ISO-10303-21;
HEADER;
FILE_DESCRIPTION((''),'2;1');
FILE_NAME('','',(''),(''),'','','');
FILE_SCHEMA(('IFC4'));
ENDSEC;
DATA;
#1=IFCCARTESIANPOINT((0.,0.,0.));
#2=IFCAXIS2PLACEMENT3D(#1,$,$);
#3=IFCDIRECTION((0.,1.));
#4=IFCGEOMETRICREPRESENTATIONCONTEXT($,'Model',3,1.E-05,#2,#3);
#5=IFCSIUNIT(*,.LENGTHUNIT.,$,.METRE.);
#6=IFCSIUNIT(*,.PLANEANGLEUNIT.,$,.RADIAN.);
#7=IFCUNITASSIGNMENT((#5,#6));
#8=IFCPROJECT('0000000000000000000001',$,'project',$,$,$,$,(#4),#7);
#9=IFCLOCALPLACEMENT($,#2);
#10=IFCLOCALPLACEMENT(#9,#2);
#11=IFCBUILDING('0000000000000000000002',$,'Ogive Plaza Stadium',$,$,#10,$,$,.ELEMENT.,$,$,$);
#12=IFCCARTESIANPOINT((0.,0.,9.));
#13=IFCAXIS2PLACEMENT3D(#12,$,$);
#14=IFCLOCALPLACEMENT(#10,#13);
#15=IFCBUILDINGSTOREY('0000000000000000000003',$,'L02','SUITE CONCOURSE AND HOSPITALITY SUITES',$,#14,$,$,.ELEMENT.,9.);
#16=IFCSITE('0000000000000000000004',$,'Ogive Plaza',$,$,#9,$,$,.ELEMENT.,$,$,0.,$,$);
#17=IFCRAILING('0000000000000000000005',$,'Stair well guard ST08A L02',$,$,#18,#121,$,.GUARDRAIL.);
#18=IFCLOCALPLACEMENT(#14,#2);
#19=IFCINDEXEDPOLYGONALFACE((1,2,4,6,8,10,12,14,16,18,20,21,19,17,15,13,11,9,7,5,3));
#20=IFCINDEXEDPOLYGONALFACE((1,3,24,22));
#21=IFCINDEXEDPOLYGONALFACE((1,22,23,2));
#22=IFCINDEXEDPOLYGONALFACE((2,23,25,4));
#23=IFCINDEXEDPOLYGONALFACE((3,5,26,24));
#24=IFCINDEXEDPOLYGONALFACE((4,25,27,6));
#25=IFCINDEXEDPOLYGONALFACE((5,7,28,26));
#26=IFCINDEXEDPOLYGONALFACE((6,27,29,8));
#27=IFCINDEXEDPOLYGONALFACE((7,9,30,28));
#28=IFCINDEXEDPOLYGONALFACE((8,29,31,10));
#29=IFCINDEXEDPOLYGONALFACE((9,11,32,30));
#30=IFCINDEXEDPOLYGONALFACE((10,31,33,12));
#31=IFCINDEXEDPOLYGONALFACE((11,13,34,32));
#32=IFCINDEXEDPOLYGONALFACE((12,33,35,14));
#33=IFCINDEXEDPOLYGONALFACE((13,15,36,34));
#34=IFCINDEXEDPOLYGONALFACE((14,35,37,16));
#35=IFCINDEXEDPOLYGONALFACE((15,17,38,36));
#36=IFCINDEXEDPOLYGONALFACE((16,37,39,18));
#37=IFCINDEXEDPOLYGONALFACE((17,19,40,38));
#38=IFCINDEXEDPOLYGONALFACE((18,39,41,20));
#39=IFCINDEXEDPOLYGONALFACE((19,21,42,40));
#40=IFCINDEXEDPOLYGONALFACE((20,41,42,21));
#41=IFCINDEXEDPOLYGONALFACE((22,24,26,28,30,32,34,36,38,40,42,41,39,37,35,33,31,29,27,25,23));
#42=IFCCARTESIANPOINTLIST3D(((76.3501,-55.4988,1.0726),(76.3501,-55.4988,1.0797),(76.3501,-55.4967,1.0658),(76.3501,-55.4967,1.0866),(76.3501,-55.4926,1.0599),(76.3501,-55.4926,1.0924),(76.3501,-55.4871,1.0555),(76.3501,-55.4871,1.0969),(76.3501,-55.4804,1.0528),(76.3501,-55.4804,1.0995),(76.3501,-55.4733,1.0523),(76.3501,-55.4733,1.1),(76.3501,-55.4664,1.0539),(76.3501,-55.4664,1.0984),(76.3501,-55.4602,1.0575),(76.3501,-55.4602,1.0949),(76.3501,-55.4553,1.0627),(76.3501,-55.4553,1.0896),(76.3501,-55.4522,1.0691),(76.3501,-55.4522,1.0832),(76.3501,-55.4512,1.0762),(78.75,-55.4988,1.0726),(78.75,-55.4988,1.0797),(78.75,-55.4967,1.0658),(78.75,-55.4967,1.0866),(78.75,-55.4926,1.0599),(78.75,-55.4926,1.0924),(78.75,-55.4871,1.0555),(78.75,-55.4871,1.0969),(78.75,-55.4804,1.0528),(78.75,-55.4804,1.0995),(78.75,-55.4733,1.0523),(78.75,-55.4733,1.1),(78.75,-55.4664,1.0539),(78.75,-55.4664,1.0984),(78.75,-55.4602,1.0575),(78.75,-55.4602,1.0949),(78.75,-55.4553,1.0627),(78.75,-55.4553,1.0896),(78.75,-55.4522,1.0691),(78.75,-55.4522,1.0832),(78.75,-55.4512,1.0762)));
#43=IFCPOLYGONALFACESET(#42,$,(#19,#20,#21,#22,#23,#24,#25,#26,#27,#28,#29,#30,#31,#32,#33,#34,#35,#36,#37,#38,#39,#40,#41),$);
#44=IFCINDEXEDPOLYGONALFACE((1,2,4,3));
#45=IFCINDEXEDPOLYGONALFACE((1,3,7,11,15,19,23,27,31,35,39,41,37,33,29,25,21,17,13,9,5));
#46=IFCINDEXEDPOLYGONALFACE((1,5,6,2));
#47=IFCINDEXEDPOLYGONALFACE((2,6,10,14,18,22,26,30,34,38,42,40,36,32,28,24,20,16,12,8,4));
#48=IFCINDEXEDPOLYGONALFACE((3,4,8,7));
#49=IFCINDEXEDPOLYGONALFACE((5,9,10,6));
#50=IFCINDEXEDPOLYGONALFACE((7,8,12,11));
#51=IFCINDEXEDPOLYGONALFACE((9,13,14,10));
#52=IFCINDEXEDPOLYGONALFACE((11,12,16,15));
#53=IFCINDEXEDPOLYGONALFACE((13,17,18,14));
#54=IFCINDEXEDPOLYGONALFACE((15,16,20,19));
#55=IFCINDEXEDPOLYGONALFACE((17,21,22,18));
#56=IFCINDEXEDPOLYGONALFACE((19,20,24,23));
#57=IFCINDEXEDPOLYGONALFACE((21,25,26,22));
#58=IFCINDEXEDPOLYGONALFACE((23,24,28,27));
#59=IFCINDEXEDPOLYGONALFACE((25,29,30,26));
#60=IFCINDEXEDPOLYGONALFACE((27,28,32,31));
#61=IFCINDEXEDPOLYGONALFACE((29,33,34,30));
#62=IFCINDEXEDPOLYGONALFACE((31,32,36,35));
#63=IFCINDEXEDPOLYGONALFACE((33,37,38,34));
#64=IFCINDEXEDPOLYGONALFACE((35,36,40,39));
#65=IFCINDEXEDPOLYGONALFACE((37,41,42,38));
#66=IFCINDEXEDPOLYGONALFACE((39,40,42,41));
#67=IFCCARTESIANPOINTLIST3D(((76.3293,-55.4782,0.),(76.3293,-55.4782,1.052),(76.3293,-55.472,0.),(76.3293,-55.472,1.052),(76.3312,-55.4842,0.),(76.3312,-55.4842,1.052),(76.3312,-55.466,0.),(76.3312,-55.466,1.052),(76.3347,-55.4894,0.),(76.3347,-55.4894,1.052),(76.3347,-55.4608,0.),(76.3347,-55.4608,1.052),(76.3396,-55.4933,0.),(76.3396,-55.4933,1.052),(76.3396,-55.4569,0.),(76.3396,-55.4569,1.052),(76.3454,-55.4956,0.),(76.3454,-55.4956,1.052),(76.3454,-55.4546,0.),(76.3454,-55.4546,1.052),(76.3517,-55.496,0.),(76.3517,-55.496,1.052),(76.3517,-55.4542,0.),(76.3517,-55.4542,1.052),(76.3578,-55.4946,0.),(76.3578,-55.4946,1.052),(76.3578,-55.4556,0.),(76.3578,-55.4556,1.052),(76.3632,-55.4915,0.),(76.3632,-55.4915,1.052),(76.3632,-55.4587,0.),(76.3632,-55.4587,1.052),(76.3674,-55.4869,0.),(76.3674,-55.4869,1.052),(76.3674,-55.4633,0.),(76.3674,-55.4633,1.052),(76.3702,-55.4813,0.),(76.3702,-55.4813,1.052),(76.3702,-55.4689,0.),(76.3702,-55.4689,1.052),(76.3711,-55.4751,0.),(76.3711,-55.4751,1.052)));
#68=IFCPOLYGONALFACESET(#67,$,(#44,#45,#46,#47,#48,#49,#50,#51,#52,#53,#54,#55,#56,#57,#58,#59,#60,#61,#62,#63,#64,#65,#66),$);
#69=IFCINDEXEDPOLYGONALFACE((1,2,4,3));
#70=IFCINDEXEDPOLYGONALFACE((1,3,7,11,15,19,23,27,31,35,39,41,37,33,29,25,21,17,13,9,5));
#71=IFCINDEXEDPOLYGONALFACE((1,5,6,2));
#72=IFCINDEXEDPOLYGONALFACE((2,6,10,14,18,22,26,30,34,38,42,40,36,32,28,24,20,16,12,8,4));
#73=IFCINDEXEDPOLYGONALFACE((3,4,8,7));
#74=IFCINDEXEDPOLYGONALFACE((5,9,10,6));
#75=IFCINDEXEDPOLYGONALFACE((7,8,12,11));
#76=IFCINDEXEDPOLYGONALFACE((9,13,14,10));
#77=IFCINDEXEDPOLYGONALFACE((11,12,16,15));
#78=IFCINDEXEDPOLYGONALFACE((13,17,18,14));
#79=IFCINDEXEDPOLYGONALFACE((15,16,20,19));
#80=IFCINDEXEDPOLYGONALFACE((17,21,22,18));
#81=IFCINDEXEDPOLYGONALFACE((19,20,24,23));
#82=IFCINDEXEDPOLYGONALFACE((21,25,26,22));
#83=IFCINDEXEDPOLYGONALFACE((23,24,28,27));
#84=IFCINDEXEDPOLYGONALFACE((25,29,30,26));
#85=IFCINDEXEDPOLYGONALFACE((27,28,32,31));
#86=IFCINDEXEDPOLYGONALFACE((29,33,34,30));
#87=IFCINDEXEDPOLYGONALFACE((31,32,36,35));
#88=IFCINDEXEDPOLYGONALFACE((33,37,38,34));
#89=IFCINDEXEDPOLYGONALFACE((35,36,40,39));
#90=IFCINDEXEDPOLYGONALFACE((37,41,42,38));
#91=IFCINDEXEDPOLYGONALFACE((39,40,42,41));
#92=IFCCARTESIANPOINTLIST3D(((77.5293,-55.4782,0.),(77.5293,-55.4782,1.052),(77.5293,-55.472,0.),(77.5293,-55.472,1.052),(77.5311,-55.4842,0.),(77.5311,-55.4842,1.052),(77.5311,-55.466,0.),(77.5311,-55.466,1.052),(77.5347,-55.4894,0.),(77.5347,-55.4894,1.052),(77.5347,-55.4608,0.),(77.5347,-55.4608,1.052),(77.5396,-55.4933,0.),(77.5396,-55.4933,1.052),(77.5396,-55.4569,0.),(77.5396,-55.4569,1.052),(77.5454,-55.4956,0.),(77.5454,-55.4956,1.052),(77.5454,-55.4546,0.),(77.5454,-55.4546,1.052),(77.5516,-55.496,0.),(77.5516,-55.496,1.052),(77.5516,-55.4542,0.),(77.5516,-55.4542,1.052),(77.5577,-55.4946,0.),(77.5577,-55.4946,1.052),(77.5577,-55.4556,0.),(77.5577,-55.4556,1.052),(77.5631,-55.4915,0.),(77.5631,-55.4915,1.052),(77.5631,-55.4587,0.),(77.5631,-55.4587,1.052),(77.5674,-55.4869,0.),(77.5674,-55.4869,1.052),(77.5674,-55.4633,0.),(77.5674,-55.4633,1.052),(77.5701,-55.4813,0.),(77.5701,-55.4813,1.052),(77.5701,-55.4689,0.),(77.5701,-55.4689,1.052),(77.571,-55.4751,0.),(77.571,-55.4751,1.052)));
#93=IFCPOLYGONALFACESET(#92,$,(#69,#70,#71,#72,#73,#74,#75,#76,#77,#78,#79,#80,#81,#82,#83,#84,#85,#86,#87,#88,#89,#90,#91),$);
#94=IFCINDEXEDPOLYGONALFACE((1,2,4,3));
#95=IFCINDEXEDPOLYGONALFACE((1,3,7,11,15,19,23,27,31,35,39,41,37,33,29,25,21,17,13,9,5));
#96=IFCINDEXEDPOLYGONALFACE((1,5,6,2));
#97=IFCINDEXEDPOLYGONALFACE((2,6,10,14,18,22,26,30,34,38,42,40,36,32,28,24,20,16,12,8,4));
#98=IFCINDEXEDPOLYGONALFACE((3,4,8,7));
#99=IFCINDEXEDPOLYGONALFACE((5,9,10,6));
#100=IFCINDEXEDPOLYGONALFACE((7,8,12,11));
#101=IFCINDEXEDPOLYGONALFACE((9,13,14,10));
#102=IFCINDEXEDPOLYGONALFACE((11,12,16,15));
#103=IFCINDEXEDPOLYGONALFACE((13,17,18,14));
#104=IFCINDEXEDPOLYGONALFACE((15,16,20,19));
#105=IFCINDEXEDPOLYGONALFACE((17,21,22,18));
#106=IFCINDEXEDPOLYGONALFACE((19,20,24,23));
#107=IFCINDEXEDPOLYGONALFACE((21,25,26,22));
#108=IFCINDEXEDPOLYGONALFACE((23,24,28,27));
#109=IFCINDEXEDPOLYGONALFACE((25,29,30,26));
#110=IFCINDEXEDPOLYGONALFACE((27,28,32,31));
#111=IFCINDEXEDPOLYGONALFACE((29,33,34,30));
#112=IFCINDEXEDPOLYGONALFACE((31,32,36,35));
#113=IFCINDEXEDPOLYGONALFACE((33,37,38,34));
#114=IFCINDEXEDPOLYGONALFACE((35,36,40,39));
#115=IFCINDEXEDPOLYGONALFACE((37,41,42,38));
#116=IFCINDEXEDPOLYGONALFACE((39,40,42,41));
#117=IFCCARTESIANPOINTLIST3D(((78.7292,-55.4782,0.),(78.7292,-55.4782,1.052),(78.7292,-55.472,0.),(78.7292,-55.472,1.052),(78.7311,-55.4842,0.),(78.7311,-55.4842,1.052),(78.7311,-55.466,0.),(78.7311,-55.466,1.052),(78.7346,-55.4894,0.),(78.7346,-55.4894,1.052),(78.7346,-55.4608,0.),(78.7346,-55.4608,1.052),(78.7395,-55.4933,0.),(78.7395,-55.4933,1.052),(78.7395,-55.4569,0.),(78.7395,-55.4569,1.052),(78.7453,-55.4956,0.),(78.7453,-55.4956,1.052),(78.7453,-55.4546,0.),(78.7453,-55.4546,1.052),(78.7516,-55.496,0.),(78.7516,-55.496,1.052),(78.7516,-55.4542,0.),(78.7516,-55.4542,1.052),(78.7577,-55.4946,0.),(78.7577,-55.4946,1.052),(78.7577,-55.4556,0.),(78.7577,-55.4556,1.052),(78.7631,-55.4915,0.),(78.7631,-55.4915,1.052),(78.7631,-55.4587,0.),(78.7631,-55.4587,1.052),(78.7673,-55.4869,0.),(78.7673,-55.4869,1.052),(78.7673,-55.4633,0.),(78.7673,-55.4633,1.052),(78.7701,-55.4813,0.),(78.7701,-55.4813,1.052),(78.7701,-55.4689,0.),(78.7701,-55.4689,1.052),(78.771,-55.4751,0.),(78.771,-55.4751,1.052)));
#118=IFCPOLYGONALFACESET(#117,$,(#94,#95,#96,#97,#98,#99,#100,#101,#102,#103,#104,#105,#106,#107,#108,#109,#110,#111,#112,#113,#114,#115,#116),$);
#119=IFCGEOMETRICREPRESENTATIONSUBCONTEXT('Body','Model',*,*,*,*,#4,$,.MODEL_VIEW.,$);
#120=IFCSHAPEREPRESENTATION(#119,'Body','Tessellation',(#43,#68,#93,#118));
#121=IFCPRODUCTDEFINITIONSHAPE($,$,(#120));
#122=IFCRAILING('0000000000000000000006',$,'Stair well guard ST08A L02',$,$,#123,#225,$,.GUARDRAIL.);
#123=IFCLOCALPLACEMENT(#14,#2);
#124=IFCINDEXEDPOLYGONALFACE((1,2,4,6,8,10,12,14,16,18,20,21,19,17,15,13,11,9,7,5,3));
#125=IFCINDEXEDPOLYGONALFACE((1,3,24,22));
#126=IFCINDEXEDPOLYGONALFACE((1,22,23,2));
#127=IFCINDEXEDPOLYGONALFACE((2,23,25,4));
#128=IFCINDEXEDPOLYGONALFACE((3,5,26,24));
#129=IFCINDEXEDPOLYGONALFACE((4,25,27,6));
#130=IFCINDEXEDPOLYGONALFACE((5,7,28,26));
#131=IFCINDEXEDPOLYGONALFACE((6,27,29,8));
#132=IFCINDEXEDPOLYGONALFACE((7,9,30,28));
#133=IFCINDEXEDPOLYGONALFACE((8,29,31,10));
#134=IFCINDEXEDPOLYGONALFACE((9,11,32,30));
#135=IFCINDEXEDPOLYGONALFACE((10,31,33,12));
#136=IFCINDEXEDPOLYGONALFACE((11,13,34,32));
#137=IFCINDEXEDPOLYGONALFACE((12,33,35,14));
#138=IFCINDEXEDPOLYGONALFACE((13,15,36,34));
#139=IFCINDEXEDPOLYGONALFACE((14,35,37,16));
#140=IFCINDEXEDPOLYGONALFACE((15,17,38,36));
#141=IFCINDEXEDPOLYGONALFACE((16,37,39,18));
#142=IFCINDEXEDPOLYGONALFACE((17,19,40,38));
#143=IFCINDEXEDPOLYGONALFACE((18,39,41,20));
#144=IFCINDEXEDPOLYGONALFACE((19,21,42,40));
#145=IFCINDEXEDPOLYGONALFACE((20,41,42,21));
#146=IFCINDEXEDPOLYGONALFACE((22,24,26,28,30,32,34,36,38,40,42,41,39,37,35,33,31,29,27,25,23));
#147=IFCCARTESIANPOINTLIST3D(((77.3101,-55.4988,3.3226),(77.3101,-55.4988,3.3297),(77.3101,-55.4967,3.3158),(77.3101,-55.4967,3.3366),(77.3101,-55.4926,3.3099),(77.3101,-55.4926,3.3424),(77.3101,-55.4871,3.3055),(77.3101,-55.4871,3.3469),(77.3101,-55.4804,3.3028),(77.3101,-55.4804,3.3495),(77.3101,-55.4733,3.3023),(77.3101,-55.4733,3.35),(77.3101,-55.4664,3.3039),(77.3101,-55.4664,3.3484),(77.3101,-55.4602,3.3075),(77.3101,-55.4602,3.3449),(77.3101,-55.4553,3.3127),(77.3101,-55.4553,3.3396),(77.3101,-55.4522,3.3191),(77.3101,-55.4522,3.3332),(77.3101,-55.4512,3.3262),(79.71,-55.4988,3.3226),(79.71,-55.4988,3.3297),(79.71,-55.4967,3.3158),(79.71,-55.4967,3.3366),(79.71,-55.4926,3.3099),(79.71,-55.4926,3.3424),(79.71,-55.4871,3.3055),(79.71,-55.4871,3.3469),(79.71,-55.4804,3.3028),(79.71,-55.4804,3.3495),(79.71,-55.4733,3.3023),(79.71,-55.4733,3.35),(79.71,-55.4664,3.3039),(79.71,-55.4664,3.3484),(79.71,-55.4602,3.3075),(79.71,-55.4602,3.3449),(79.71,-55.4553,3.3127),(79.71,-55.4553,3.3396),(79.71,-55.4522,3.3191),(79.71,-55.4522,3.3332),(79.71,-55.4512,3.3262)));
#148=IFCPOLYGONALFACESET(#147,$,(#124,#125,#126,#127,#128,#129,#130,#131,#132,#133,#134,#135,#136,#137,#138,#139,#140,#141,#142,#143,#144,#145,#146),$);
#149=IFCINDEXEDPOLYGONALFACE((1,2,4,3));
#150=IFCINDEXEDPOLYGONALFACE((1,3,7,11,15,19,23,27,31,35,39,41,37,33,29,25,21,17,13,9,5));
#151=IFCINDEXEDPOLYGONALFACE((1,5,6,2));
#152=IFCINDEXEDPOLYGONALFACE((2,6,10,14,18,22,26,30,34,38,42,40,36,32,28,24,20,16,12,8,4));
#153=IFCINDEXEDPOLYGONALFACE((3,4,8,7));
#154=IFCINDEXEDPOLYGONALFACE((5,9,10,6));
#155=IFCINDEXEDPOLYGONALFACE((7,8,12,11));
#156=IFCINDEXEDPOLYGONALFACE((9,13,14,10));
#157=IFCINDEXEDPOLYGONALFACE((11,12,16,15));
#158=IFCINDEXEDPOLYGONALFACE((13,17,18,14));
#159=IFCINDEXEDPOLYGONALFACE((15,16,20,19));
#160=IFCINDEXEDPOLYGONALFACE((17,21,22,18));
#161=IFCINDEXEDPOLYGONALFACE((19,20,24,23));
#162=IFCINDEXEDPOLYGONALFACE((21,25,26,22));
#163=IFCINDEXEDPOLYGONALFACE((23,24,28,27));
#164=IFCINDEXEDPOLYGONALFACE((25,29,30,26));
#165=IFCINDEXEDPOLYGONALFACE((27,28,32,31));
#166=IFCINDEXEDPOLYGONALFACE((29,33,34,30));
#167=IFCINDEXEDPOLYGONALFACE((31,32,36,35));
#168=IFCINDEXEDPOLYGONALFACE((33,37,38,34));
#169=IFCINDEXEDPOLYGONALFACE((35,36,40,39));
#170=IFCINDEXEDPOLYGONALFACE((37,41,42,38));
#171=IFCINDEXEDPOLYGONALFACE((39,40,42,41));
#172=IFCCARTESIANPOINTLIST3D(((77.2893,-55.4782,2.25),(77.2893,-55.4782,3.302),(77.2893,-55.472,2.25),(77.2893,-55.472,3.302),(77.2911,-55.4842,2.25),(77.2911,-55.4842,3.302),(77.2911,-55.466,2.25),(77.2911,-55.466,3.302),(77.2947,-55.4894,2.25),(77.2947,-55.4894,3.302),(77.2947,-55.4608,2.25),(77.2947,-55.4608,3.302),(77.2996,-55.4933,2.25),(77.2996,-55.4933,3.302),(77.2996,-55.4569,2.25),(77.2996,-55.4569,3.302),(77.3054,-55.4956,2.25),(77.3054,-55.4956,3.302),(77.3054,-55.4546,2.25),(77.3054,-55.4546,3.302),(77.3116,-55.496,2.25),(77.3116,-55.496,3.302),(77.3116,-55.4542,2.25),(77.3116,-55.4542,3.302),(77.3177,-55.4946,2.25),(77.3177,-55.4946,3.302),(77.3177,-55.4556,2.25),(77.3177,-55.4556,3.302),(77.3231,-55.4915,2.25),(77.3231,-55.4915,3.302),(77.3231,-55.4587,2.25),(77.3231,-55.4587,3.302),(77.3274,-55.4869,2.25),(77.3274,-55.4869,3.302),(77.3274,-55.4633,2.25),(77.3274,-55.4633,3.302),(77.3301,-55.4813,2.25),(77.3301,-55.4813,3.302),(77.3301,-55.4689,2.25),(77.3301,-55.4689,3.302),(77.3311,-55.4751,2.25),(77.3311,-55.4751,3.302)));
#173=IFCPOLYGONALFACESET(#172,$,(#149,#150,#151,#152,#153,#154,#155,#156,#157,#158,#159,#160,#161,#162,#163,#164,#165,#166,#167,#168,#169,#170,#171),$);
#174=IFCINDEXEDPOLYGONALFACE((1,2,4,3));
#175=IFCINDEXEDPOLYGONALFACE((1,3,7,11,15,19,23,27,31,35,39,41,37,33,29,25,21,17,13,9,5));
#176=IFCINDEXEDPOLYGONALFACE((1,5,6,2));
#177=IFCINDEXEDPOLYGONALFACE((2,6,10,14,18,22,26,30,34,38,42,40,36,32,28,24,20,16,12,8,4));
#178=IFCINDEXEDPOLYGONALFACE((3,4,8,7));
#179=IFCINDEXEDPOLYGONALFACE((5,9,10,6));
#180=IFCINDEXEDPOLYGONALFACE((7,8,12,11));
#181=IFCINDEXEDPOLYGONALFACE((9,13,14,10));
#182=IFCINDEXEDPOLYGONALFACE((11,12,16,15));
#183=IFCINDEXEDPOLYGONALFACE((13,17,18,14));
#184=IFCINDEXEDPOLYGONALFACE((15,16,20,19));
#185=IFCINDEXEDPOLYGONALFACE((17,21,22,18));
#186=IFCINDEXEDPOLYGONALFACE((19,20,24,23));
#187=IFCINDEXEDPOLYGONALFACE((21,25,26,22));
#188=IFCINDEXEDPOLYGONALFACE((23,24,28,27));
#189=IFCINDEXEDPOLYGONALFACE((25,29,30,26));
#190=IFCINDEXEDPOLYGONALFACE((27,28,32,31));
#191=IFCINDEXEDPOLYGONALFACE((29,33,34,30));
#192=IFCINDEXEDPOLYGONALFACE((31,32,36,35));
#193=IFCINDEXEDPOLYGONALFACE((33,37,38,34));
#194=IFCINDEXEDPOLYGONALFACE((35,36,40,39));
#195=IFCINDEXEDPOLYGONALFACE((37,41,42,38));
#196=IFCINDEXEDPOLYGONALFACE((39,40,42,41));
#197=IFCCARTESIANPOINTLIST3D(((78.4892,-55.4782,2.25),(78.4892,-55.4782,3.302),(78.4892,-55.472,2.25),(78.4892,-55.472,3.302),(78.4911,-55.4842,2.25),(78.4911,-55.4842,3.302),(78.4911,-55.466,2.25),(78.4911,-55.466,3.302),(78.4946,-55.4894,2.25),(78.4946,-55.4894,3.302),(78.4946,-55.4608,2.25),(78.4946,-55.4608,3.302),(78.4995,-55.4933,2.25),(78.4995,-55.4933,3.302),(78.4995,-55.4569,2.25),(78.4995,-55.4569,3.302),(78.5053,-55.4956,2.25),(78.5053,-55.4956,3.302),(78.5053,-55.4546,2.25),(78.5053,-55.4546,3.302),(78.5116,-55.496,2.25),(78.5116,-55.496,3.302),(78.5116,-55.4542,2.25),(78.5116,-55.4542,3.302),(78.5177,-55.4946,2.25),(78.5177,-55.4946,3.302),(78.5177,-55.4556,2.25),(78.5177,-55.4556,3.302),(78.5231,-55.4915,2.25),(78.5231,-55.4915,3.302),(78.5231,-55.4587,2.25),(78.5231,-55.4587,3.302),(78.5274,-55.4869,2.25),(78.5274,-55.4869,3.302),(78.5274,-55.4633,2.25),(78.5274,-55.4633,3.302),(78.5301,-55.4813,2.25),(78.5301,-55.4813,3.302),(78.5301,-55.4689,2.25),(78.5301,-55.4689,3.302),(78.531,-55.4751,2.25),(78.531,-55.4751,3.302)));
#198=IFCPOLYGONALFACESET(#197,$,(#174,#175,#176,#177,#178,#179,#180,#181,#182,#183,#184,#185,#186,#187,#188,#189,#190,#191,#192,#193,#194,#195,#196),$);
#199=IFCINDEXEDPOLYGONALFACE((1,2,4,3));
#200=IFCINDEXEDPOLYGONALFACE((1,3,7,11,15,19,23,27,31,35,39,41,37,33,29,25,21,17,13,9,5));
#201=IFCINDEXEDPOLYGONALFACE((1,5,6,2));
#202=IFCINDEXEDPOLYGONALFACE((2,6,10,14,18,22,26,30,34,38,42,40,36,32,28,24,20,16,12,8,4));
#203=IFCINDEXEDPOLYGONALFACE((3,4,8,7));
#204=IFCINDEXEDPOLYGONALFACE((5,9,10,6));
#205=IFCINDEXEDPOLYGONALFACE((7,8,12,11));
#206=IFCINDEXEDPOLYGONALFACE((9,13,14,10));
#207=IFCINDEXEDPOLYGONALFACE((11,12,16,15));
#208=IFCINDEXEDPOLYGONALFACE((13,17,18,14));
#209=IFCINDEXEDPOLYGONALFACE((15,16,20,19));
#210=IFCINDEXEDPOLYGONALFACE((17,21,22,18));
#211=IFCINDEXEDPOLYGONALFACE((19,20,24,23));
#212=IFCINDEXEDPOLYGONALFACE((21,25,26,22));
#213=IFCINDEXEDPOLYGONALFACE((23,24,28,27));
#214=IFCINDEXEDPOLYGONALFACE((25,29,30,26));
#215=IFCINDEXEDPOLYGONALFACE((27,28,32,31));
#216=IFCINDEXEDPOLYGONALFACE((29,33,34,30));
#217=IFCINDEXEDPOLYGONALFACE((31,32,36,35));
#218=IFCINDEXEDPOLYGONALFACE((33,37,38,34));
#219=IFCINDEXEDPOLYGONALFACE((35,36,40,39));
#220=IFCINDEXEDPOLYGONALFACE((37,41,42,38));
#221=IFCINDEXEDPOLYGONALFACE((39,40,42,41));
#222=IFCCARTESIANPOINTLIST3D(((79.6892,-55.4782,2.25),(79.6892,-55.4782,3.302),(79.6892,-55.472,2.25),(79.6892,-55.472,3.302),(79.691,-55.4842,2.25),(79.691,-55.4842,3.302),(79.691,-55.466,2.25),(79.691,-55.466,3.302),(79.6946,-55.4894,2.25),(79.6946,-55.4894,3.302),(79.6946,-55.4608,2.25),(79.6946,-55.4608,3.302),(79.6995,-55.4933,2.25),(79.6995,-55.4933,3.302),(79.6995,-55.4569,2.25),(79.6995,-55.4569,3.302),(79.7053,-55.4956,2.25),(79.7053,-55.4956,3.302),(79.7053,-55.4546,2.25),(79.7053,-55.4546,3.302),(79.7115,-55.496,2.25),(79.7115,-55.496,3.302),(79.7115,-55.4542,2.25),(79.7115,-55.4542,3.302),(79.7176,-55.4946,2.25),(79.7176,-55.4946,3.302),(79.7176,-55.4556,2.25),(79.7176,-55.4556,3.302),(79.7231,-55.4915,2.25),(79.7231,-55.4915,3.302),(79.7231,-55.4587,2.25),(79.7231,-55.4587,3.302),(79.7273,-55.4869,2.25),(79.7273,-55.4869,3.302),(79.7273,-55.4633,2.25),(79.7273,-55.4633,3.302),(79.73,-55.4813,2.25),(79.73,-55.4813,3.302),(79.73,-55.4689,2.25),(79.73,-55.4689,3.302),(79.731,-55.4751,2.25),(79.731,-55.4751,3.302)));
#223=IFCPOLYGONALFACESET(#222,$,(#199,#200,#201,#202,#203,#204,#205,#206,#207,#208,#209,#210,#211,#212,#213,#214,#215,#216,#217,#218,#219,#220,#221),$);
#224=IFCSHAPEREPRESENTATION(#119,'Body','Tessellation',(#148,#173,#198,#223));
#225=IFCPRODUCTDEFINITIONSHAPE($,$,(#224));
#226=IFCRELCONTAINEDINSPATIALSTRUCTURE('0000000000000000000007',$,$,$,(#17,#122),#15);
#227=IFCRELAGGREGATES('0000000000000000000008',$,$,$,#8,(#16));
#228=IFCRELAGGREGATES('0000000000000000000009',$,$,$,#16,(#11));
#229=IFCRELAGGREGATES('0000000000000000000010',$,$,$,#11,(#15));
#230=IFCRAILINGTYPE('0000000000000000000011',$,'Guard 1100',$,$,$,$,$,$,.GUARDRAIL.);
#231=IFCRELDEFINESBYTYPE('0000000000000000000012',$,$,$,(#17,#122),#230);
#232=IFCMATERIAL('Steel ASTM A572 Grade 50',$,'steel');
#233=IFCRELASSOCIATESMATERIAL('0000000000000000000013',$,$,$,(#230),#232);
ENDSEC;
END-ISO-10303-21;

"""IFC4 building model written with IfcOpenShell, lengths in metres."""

from ifc_helpers import new_model, si_unit, direction, frame, origin, origin_2d, place, context, subcontext, project, spatial, circle, extrude, material, type_object, element, save


model = new_model("IFC4")

# Units and contexts
model_context = context("Model", 3, precision=1e-05, world=origin(), true_north=direction((0.0, 1.0)))
body_context = subcontext(model_context, "Body", "Model", "MODEL_VIEW")
ifc_project = project(units=[si_unit("LENGTHUNIT", "METRE"), si_unit("PLANEANGLEUNIT", "RADIAN")], contexts=[model_context])

# Site, building, storey
site_placement = place(None, origin())
site = spatial("IfcSite", under=ifc_project, at=site_placement, Name="Ogive Plaza", CompositionType="ELEMENT", RefElevation=0.0)
building_placement = place(site_placement, origin())
building = spatial("IfcBuilding", under=site, at=building_placement, Name="Ogive Plaza Stadium", CompositionType="ELEMENT")
storey_placement = place(building_placement, frame((0.0, 0.0, 9.0)))
storey = spatial("IfcBuildingStorey", under=building, at=storey_placement, Name="L02", Description="SUITE CONCOURSE AND HOSPITALITY SUITES", CompositionType="ELEMENT", Elevation=9.0)

# Railings
ifc_material_1 = material(Name="Steel ASTM A572 Grade 50", Category="steel")
railing_type_1 = type_object("IfcRailingType", Name="Guard 1100", PredefinedType="GUARDRAIL", material=ifc_material_1)
for number, where, name in (
    (1, (76.3501, -55.4751, 0.0), "Stair well guard ST08A L02"),
    (2, (77.3101, -55.4751, 2.25), "Stair well guard ST08A L02"),
):
    element("IfcRailing", number, at=place(storey_placement, frame(where)), inside=storey, type_object=railing_type_1, Name=name, PredefinedType="GUARDRAIL", context=body_context, shape_type="SweptSolid", body=[
        extrude(circle(Radius=0.0239, at=origin_2d()), frame((0.0, 0.0, 1.0762), z_axis=(1.0, 0.0, 0.0), x_axis=(0.0, 1.0, 0.0)), (0.0, 0.0, 1.0), 2.3999),
        extrude(circle(Radius=0.021, at=origin_2d()), origin(), (0.0, 0.0, 1.0), 1.052),
        extrude(circle(Radius=0.021, at=origin_2d()), frame((1.2, 0.0, 0.0)), (0.0, 0.0, 1.0), 1.052),
        extrude(circle(Radius=0.021, at=origin_2d()), frame((2.3999, 0.0, 0.0)), (0.0, 0.0, 1.0), 1.052),
    ])

save(model, "model.ifc")
